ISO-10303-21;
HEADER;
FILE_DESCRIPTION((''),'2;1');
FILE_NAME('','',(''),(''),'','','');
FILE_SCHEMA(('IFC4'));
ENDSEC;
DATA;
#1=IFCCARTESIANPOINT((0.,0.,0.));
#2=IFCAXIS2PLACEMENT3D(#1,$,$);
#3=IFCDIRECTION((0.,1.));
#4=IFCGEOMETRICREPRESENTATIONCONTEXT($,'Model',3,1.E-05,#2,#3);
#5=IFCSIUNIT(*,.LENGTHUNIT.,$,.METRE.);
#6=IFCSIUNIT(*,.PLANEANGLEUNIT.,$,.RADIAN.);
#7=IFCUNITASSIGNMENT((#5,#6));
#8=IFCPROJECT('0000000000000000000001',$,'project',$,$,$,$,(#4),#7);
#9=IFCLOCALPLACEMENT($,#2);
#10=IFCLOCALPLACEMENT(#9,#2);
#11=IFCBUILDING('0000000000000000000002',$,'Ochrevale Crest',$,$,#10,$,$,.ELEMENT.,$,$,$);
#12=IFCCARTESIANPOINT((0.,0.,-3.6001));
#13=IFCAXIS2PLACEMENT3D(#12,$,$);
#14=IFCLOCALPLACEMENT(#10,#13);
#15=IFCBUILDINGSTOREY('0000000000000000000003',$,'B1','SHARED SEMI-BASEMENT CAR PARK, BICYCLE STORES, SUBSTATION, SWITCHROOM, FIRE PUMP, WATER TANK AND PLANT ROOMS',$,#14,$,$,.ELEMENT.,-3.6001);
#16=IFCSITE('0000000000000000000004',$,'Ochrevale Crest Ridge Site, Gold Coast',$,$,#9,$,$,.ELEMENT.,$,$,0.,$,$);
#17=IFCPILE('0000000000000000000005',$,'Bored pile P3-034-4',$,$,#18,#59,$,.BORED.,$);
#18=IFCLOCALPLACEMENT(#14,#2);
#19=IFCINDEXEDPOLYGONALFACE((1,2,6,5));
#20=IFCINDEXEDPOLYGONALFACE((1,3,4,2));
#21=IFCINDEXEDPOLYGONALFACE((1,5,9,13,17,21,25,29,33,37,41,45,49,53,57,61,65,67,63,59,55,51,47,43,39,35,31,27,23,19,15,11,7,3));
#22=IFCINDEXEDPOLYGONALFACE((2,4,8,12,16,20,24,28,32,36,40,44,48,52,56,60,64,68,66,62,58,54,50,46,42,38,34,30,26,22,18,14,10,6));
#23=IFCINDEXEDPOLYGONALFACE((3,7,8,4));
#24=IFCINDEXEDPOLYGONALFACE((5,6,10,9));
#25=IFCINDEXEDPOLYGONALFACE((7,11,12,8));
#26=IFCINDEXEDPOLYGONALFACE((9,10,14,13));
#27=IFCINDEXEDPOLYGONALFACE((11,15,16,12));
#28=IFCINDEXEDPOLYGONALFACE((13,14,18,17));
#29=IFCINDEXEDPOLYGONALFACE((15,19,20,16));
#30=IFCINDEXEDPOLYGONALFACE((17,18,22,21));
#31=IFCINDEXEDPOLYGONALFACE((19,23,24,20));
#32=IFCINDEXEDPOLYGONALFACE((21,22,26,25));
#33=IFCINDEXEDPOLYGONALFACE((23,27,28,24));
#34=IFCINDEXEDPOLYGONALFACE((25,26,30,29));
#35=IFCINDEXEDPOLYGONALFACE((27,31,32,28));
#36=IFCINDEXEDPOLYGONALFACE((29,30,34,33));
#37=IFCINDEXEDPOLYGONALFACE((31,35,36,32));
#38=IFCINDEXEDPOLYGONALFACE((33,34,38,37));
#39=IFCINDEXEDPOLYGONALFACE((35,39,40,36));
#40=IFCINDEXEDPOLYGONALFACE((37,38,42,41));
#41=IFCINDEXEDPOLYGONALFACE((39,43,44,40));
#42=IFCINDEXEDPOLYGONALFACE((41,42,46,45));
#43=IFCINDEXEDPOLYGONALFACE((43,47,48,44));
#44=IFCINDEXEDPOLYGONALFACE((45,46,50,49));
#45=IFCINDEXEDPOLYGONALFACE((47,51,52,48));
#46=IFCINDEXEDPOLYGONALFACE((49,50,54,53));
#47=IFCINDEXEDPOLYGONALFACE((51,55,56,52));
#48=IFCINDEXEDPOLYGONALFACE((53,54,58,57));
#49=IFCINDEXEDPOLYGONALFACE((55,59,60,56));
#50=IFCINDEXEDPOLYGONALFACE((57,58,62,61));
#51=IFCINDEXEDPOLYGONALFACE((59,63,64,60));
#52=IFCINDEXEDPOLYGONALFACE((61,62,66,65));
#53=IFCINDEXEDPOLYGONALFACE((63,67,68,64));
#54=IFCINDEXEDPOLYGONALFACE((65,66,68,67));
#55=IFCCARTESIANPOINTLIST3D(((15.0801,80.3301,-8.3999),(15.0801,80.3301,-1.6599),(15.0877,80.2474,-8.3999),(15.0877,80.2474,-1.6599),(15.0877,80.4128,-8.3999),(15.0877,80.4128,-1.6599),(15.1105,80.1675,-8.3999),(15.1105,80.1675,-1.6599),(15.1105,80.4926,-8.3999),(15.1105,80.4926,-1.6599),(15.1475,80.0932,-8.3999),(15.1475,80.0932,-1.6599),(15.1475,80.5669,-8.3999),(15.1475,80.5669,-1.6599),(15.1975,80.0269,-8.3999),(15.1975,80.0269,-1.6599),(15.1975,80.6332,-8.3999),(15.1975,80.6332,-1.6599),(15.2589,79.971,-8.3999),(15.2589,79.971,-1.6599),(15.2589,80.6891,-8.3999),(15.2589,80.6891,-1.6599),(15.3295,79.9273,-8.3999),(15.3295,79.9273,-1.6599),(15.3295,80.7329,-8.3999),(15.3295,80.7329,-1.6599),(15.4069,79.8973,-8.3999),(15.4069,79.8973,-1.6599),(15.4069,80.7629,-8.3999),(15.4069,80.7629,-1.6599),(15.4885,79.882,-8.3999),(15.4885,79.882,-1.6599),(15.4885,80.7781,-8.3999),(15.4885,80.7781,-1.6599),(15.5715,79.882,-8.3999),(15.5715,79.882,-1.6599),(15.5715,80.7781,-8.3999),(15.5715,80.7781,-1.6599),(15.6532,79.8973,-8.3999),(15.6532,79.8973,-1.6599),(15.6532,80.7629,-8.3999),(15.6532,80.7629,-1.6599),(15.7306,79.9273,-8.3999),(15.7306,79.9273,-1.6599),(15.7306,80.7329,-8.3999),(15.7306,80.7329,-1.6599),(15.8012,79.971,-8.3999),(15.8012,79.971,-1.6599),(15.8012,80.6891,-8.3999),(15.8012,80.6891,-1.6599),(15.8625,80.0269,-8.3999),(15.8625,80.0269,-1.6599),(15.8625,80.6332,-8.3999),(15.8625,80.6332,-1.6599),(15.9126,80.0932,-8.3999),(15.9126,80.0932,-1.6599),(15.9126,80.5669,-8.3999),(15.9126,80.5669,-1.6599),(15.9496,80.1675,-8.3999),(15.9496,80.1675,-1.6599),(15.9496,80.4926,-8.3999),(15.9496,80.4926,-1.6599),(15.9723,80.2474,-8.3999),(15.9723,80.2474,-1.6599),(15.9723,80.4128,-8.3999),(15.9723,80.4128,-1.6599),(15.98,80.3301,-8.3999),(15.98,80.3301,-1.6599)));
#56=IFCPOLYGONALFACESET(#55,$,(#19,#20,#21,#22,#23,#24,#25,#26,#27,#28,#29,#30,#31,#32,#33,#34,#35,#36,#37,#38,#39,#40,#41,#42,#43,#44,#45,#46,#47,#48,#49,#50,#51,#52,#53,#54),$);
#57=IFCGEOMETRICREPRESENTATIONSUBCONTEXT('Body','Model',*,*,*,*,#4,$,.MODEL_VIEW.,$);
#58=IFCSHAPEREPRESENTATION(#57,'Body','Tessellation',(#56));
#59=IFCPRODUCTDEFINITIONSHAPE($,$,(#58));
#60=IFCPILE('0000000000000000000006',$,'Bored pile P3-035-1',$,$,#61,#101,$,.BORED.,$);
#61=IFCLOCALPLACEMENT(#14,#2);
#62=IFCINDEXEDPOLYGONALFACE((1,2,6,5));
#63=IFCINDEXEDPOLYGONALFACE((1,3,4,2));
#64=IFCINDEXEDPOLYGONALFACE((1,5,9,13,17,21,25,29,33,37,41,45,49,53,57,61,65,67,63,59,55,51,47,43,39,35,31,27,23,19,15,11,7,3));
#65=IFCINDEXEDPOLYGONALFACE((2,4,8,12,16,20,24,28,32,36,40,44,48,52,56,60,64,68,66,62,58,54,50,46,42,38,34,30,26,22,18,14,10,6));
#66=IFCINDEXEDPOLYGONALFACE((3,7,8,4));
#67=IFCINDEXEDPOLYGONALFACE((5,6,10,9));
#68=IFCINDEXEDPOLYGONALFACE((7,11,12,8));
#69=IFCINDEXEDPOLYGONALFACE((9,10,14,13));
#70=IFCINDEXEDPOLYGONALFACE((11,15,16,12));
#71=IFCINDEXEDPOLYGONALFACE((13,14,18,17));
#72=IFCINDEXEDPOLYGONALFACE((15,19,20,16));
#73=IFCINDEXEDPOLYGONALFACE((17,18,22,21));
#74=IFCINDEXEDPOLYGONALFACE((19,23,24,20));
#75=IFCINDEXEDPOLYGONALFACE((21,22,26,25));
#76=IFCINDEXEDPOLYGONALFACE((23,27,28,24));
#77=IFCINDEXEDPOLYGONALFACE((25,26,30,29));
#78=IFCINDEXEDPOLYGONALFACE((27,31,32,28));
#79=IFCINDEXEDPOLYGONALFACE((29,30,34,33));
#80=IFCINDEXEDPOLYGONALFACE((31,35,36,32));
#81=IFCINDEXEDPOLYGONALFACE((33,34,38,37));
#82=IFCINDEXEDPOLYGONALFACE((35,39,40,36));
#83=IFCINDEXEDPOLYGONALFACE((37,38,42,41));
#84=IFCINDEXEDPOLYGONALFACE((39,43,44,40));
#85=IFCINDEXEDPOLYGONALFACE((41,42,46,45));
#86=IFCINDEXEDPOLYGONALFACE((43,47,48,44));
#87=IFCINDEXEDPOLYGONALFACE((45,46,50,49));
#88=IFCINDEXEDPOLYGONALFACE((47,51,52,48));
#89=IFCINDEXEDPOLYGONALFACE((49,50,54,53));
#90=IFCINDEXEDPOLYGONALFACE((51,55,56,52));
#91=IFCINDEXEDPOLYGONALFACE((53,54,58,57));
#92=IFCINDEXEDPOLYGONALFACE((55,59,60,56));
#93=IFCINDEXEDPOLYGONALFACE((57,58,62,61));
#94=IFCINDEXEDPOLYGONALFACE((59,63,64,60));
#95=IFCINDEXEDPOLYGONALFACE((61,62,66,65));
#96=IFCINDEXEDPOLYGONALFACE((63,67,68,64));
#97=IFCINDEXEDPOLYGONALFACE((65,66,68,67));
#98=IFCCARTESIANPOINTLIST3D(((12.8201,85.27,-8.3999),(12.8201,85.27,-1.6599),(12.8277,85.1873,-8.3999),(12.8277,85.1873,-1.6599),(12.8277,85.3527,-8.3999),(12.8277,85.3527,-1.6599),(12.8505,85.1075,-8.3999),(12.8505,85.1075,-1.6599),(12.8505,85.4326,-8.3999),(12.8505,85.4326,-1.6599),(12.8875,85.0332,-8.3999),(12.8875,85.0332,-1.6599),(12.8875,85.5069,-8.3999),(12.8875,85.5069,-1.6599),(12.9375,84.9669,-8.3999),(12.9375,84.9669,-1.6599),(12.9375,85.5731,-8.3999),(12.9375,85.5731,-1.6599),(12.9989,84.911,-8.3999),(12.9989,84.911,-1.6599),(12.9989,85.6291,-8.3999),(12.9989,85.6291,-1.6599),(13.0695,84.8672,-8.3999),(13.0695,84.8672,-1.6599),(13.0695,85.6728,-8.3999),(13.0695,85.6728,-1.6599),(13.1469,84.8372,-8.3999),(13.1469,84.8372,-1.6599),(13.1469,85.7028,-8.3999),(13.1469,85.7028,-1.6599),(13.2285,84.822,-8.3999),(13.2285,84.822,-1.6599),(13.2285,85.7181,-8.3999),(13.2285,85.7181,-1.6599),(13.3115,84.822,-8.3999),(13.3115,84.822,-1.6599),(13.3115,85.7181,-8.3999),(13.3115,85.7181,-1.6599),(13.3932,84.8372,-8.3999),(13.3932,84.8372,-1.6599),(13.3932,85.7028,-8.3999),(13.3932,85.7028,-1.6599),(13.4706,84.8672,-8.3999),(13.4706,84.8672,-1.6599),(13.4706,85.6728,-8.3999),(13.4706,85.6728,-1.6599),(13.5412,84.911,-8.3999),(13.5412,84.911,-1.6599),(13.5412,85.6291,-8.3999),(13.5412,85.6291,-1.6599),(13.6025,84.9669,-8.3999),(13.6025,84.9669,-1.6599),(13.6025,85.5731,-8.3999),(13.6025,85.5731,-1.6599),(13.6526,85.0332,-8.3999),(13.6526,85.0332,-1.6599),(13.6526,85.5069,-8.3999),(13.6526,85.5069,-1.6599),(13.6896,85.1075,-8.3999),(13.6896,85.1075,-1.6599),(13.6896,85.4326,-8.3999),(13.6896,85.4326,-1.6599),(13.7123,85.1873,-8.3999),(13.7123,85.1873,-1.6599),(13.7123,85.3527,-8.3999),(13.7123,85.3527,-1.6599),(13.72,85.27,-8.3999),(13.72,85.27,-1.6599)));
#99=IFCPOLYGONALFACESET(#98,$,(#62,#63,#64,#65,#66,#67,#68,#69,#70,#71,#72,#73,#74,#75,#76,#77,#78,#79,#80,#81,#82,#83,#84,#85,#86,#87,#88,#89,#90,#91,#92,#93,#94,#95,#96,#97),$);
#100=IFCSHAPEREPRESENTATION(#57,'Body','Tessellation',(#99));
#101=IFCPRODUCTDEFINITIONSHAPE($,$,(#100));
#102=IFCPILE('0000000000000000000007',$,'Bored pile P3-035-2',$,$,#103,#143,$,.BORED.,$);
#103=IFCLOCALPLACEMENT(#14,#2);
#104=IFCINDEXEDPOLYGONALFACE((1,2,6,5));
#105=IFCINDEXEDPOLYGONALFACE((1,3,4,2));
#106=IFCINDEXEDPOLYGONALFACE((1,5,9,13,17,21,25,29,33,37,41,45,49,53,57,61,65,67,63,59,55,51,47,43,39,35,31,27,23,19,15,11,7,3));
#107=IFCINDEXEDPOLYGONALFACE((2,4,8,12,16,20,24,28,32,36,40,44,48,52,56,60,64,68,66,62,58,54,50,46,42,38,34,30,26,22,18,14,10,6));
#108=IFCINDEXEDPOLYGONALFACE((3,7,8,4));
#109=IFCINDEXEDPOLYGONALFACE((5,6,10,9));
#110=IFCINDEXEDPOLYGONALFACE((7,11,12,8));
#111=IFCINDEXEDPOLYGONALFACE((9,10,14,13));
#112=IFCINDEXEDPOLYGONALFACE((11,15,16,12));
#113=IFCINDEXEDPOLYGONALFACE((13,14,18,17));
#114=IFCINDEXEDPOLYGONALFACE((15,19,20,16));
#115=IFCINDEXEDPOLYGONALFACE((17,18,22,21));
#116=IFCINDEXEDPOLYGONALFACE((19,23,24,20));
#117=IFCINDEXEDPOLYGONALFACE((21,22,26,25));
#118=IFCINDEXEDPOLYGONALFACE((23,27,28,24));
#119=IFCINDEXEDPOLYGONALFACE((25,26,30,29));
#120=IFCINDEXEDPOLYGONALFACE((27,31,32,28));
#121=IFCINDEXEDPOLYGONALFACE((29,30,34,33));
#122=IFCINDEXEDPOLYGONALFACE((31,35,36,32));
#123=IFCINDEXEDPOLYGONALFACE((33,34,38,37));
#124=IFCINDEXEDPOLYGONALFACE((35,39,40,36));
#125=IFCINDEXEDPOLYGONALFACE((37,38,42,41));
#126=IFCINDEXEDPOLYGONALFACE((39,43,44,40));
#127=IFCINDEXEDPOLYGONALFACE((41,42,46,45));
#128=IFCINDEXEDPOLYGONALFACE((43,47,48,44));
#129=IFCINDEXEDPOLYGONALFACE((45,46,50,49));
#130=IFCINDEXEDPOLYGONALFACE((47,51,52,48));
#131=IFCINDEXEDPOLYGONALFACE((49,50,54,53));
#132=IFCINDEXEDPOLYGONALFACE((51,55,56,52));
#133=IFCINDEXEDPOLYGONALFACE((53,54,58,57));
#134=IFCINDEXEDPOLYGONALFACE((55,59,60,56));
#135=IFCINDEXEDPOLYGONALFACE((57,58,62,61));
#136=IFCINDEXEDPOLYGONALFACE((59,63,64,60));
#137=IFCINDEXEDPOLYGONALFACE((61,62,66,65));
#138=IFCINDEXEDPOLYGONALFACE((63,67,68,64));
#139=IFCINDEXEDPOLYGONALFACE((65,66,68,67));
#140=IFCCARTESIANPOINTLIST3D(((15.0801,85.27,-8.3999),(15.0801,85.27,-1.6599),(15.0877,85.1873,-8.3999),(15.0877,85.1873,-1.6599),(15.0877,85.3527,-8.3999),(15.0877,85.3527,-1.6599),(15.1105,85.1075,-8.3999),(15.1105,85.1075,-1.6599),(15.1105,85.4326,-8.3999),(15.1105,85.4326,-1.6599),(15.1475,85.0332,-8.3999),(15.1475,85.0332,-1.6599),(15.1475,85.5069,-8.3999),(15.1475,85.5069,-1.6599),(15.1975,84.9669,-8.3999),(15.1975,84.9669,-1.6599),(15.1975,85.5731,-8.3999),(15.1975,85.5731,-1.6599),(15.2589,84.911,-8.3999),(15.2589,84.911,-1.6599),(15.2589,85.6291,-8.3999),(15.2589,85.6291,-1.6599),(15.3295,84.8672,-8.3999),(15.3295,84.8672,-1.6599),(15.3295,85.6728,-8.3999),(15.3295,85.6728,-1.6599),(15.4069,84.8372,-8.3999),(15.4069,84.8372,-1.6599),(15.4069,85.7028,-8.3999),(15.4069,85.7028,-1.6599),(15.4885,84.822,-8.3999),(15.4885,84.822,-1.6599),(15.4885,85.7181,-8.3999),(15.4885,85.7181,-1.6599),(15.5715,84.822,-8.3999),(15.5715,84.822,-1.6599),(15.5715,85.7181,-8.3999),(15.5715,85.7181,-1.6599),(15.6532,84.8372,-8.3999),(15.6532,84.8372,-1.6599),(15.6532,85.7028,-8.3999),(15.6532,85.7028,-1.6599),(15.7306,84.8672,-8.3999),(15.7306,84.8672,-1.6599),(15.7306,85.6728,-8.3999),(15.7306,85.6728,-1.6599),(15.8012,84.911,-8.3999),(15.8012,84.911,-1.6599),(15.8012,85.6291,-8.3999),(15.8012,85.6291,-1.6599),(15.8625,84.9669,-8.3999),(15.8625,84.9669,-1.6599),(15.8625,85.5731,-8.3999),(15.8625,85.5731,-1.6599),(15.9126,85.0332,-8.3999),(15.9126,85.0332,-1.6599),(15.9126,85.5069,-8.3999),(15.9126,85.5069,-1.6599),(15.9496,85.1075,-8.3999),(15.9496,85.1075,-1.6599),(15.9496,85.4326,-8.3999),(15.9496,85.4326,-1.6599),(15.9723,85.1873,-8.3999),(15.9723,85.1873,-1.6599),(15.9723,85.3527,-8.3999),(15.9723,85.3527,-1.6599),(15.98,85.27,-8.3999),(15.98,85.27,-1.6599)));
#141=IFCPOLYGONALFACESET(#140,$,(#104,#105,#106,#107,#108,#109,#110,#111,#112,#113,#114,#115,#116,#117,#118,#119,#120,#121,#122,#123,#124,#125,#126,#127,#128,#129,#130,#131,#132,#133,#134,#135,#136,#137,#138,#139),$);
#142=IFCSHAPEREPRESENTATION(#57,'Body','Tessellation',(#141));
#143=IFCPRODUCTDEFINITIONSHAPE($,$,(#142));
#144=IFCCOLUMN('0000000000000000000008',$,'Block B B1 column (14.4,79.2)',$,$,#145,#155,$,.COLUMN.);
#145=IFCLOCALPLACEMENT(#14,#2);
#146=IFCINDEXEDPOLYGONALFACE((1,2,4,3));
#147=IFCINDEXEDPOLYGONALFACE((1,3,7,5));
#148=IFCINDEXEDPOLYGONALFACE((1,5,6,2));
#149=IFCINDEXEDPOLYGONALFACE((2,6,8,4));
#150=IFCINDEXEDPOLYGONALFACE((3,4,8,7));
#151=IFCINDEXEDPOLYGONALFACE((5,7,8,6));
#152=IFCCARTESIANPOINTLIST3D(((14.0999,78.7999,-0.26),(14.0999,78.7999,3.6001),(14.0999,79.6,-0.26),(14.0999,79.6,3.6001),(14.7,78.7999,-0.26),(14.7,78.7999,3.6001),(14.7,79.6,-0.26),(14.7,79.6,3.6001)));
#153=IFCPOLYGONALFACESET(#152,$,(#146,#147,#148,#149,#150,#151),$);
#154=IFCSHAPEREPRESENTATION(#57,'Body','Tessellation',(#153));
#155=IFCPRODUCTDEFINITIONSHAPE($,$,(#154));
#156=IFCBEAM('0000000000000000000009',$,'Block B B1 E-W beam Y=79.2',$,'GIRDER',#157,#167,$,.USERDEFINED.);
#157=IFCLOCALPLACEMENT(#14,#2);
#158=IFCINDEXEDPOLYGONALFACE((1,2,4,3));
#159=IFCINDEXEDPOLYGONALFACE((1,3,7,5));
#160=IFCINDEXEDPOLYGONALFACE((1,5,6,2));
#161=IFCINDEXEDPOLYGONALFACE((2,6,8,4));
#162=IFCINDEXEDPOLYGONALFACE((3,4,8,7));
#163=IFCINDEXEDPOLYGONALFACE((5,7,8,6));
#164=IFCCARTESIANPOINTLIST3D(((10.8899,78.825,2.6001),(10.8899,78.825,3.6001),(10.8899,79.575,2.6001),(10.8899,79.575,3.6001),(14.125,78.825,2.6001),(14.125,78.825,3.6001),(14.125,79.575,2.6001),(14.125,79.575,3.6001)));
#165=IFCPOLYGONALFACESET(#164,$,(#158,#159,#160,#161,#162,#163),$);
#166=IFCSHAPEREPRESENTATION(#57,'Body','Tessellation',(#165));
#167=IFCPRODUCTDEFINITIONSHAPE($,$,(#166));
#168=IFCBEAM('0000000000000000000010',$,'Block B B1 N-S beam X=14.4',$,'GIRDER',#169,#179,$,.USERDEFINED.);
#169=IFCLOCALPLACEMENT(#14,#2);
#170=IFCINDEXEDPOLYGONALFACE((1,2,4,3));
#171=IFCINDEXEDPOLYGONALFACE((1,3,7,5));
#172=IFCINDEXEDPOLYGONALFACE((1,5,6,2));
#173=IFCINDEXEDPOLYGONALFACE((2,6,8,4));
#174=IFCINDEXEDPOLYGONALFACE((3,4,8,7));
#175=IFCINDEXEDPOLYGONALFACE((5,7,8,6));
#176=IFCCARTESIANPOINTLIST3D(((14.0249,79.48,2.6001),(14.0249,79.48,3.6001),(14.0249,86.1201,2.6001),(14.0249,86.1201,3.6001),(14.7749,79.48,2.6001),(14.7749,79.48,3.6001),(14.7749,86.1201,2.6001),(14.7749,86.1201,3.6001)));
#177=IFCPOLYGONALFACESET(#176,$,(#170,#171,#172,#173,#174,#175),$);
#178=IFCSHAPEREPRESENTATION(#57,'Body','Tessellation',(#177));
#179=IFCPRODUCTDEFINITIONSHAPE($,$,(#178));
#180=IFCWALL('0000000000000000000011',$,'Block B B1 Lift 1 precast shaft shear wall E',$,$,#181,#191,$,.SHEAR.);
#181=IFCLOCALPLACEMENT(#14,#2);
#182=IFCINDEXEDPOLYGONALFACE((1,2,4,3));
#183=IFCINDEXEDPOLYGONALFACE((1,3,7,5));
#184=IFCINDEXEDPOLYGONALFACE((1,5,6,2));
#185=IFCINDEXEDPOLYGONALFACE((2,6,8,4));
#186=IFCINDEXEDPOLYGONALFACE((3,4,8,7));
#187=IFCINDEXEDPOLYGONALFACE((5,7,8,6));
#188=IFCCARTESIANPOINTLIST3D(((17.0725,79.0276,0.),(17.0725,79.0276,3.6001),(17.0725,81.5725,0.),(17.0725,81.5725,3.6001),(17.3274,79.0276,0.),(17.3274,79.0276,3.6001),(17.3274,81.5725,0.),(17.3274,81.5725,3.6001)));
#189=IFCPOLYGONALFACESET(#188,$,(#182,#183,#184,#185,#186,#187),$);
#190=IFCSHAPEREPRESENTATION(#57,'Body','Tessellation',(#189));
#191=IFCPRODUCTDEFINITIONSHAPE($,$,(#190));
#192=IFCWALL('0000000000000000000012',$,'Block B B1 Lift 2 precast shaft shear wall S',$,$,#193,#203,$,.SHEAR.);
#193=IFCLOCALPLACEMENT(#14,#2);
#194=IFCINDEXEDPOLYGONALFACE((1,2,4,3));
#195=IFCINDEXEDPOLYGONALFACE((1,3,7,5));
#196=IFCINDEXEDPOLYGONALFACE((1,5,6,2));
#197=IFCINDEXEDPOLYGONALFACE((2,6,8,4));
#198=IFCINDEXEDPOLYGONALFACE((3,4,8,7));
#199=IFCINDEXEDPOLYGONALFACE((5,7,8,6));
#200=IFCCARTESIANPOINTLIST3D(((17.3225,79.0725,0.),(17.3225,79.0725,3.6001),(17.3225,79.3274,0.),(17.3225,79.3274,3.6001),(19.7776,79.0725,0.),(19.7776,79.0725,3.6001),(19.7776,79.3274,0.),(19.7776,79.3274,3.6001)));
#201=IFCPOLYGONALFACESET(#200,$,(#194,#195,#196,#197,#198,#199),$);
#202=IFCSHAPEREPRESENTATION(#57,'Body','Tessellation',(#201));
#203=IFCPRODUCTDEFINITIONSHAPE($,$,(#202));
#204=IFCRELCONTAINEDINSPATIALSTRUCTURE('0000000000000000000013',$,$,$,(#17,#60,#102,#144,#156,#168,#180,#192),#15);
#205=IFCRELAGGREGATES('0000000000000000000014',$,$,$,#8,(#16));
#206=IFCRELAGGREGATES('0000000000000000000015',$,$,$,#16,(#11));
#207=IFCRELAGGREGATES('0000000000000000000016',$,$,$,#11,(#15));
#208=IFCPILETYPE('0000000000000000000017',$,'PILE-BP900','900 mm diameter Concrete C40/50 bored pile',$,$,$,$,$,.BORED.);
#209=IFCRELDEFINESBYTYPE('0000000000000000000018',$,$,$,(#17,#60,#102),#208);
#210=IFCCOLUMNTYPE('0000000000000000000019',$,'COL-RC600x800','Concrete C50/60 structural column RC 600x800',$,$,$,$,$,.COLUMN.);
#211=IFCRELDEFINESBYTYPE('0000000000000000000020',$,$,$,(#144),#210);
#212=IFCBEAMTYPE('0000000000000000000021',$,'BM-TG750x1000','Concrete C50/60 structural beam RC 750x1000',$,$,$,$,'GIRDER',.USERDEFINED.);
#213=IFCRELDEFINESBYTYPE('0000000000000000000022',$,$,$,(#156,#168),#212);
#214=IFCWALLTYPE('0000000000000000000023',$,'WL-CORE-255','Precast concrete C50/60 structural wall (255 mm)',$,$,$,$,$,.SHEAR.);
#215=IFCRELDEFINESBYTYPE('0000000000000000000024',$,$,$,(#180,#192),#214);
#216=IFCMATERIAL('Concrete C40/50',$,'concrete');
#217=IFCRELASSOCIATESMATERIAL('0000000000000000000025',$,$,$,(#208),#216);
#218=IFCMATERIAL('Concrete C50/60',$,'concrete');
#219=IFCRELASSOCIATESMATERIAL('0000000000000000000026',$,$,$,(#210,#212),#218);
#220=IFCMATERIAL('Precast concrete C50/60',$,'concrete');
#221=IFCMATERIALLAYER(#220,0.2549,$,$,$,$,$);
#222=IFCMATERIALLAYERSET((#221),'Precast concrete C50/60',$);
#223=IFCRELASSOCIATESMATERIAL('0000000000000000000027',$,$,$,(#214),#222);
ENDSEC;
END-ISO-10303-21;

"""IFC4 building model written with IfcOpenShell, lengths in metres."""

from ifc_helpers import new_model, si_unit, direction, frame, frame_2d, origin, origin_2d, place, context, subcontext, project, spatial, rectangle, circle, extrude, material, layer, layer_set, material_profile, profile_set, type_object, element, save


model = new_model("IFC4")

# Units and contexts
model_context = context("Model", 3, precision=1e-05, world=origin(), true_north=direction((0.0, 1.0)))
body_context = subcontext(model_context, "Body", "Model", "MODEL_VIEW")
ifc_project = project(units=[si_unit("LENGTHUNIT", "METRE"), si_unit("PLANEANGLEUNIT", "RADIAN")], contexts=[model_context])

# Site, building, storey
site_placement = place(None, origin())
site = spatial("IfcSite", under=ifc_project, at=site_placement, Name="Ochrevale Crest Ridge Site, Gold Coast", CompositionType="ELEMENT", RefElevation=0.0)
building_placement = place(site_placement, origin())
building = spatial("IfcBuilding", under=site, at=building_placement, Name="Ochrevale Crest", CompositionType="ELEMENT")
storey_placement = place(building_placement, frame((0.0, 0.0, -3.6001)))
storey = spatial("IfcBuildingStorey", under=building, at=storey_placement, Name="B1", Description="SHARED SEMI-BASEMENT CAR PARK, BICYCLE STORES, SUBSTATION, SWITCHROOM, FIRE PUMP, WATER TANK AND PLANT ROOMS", CompositionType="ELEMENT", Elevation=-3.6001)

# Shared definitions
ifc_material_1 = material(Name="Concrete C40/50", Category="concrete")

# Piles
ifc_material_profile_1 = material_profile(ifc_material_1, circle(Radius=0.45, at=origin_2d()), Name="BORED PILE 900")
ifc_profile_set_1 = profile_set([ifc_material_profile_1], Name="Concrete C40/50")
pile_type = type_object("IfcPileType", Name="PILE-BP900", Description="900 mm diameter Concrete C40/50 bored pile", PredefinedType="BORED", material=ifc_profile_set_1)
for number, where, z_axis, x_axis, name in (
    (1, (15.53, 80.3301, -1.6599), (0.0, 0.0, -1.0), (1.0, 0.0, 0.0), "Bored pile P3-034-4"),
    (2, (13.27, 85.27, -1.6599), (0.0, 0.0, -1.0), (1.0, 0.0, 0.0), "Bored pile P3-035-1"),
    (3, (15.53, 85.27, -1.6599), (0.0, 0.0, -1.0), (1.0, 0.0, 0.0), "Bored pile P3-035-2"),
):
    element("IfcPile", number, at=place(storey_placement, frame(where, z_axis=z_axis, x_axis=x_axis)), inside=storey, type_object=pile_type, Name=name, PredefinedType="BORED", context=body_context, shape_type="SweptSolid", body=[
        extrude(circle(Radius=0.45, at=origin_2d()), origin(), (0.0, 0.0, 1.0), 6.74),
    ])

# Column
ifc_material_2 = material(Name="Concrete C50/60", Category="concrete")
ifc_material_profile_2 = material_profile(ifc_material_2, rectangle(XDim=0.6001, YDim=0.8, at=origin_2d()), Name="RC 600x800")
ifc_profile_set_2 = profile_set([ifc_material_profile_2], Name="Concrete C50/60")
column_type = type_object("IfcColumnType", Name="COL-RC600x800", Description="Concrete C50/60 structural column RC 600x800", PredefinedType="COLUMN", material=ifc_profile_set_2)
column_placement = place(storey_placement, frame((14.3999, 79.2, -0.26), z_axis=(0.0, 0.0, 1.0), x_axis=(1.0, 0.0, 0.0)))
element("IfcColumn", 4, at=column_placement, inside=storey, type_object=column_type, Name="Block B B1 column (14.4,79.2)", PredefinedType="COLUMN", context=body_context, shape_type="SweptSolid", body=[
    extrude(rectangle(XDim=0.6001, YDim=0.8, at=origin_2d()), origin(), (0.0, 0.0, 1.0), 3.8601),
])

# Beams
ifc_material_profile_3 = material_profile(ifc_material_2, rectangle(XDim=0.75, YDim=1.0, at=origin_2d()), Name="RC 750x1000")
ifc_profile_set_3 = profile_set([ifc_material_profile_3], Name="Concrete C50/60")
beam_type = type_object("IfcBeamType", Name="BM-TG750x1000", Description="Concrete C50/60 structural beam RC 750x1000", ElementType="GIRDER", PredefinedType="USERDEFINED", material=ifc_profile_set_3)
beam_1_placement = place(storey_placement, frame((10.8899, 79.2, 3.1001), z_axis=(1.0, 0.0, 0.0), x_axis=(0.0, 1.0, 0.0)))
element("IfcBeam", 5, at=beam_1_placement, inside=storey, type_object=beam_type, Name="Block B B1 E-W beam Y=79.2", ObjectType="GIRDER", PredefinedType="USERDEFINED", context=body_context, shape_type="SweptSolid", body=[
    extrude(rectangle(XDim=0.75, YDim=1.0, at=origin_2d()), origin(), (0.0, 0.0, 1.0), 3.2351),
])
beam_2_placement = place(storey_placement, frame((14.3999, 79.48, 3.1001), z_axis=(0.0, 1.0, 0.0), x_axis=(-1.0, 0.0, 0.0)))
element("IfcBeam", 6, at=beam_2_placement, inside=storey, type_object=beam_type, Name="Block B B1 N-S beam X=14.4", ObjectType="GIRDER", PredefinedType="USERDEFINED", context=body_context, shape_type="SweptSolid", body=[
    extrude(rectangle(XDim=0.75, YDim=1.0, at=origin_2d()), origin(), (0.0, 0.0, 1.0), 6.6401),
])

# Shared definitions
ifc_material_3 = material(Name="Precast concrete C50/60", Category="concrete")
ifc_layer = layer(ifc_material_3, 0.2549)
ifc_layer_set = layer_set([ifc_layer], Name="Precast concrete C50/60")
wall_type = type_object("IfcWallType", Name="WL-CORE-255", Description="Precast concrete C50/60 structural wall (255 mm)", PredefinedType="SHEAR", material=ifc_layer_set)

# Walls
wall_1_placement = place(storey_placement, frame((17.2, 79.0276, 0.0), z_axis=(0.0, 0.0, 1.0), x_axis=(0.0, 1.0, 0.0)))
element("IfcWall", 7, at=wall_1_placement, inside=storey, type_object=wall_type, Name="Block B B1 Lift 1 precast shaft shear wall E", PredefinedType="SHEAR", context=body_context, shape_type="SweptSolid", body=[
    extrude(rectangle(XDim=2.5449, YDim=0.2549, at=frame_2d((1.2725, 0.0))), origin(), (0.0, 0.0, 1.0), 3.6001),
])
wall_2_placement = place(storey_placement, frame((17.3225, 79.2, 0.0), z_axis=(0.0, 0.0, 1.0), x_axis=(1.0, 0.0, 0.0)))
element("IfcWall", 8, at=wall_2_placement, inside=storey, type_object=wall_type, Name="Block B B1 Lift 2 precast shaft shear wall S", PredefinedType="SHEAR", context=body_context, shape_type="SweptSolid", body=[
    extrude(rectangle(XDim=2.4551, YDim=0.2549, at=frame_2d((1.2275, 0.0))), origin(), (0.0, 0.0, 1.0), 3.6001),
])

save(model, "model.ifc")
